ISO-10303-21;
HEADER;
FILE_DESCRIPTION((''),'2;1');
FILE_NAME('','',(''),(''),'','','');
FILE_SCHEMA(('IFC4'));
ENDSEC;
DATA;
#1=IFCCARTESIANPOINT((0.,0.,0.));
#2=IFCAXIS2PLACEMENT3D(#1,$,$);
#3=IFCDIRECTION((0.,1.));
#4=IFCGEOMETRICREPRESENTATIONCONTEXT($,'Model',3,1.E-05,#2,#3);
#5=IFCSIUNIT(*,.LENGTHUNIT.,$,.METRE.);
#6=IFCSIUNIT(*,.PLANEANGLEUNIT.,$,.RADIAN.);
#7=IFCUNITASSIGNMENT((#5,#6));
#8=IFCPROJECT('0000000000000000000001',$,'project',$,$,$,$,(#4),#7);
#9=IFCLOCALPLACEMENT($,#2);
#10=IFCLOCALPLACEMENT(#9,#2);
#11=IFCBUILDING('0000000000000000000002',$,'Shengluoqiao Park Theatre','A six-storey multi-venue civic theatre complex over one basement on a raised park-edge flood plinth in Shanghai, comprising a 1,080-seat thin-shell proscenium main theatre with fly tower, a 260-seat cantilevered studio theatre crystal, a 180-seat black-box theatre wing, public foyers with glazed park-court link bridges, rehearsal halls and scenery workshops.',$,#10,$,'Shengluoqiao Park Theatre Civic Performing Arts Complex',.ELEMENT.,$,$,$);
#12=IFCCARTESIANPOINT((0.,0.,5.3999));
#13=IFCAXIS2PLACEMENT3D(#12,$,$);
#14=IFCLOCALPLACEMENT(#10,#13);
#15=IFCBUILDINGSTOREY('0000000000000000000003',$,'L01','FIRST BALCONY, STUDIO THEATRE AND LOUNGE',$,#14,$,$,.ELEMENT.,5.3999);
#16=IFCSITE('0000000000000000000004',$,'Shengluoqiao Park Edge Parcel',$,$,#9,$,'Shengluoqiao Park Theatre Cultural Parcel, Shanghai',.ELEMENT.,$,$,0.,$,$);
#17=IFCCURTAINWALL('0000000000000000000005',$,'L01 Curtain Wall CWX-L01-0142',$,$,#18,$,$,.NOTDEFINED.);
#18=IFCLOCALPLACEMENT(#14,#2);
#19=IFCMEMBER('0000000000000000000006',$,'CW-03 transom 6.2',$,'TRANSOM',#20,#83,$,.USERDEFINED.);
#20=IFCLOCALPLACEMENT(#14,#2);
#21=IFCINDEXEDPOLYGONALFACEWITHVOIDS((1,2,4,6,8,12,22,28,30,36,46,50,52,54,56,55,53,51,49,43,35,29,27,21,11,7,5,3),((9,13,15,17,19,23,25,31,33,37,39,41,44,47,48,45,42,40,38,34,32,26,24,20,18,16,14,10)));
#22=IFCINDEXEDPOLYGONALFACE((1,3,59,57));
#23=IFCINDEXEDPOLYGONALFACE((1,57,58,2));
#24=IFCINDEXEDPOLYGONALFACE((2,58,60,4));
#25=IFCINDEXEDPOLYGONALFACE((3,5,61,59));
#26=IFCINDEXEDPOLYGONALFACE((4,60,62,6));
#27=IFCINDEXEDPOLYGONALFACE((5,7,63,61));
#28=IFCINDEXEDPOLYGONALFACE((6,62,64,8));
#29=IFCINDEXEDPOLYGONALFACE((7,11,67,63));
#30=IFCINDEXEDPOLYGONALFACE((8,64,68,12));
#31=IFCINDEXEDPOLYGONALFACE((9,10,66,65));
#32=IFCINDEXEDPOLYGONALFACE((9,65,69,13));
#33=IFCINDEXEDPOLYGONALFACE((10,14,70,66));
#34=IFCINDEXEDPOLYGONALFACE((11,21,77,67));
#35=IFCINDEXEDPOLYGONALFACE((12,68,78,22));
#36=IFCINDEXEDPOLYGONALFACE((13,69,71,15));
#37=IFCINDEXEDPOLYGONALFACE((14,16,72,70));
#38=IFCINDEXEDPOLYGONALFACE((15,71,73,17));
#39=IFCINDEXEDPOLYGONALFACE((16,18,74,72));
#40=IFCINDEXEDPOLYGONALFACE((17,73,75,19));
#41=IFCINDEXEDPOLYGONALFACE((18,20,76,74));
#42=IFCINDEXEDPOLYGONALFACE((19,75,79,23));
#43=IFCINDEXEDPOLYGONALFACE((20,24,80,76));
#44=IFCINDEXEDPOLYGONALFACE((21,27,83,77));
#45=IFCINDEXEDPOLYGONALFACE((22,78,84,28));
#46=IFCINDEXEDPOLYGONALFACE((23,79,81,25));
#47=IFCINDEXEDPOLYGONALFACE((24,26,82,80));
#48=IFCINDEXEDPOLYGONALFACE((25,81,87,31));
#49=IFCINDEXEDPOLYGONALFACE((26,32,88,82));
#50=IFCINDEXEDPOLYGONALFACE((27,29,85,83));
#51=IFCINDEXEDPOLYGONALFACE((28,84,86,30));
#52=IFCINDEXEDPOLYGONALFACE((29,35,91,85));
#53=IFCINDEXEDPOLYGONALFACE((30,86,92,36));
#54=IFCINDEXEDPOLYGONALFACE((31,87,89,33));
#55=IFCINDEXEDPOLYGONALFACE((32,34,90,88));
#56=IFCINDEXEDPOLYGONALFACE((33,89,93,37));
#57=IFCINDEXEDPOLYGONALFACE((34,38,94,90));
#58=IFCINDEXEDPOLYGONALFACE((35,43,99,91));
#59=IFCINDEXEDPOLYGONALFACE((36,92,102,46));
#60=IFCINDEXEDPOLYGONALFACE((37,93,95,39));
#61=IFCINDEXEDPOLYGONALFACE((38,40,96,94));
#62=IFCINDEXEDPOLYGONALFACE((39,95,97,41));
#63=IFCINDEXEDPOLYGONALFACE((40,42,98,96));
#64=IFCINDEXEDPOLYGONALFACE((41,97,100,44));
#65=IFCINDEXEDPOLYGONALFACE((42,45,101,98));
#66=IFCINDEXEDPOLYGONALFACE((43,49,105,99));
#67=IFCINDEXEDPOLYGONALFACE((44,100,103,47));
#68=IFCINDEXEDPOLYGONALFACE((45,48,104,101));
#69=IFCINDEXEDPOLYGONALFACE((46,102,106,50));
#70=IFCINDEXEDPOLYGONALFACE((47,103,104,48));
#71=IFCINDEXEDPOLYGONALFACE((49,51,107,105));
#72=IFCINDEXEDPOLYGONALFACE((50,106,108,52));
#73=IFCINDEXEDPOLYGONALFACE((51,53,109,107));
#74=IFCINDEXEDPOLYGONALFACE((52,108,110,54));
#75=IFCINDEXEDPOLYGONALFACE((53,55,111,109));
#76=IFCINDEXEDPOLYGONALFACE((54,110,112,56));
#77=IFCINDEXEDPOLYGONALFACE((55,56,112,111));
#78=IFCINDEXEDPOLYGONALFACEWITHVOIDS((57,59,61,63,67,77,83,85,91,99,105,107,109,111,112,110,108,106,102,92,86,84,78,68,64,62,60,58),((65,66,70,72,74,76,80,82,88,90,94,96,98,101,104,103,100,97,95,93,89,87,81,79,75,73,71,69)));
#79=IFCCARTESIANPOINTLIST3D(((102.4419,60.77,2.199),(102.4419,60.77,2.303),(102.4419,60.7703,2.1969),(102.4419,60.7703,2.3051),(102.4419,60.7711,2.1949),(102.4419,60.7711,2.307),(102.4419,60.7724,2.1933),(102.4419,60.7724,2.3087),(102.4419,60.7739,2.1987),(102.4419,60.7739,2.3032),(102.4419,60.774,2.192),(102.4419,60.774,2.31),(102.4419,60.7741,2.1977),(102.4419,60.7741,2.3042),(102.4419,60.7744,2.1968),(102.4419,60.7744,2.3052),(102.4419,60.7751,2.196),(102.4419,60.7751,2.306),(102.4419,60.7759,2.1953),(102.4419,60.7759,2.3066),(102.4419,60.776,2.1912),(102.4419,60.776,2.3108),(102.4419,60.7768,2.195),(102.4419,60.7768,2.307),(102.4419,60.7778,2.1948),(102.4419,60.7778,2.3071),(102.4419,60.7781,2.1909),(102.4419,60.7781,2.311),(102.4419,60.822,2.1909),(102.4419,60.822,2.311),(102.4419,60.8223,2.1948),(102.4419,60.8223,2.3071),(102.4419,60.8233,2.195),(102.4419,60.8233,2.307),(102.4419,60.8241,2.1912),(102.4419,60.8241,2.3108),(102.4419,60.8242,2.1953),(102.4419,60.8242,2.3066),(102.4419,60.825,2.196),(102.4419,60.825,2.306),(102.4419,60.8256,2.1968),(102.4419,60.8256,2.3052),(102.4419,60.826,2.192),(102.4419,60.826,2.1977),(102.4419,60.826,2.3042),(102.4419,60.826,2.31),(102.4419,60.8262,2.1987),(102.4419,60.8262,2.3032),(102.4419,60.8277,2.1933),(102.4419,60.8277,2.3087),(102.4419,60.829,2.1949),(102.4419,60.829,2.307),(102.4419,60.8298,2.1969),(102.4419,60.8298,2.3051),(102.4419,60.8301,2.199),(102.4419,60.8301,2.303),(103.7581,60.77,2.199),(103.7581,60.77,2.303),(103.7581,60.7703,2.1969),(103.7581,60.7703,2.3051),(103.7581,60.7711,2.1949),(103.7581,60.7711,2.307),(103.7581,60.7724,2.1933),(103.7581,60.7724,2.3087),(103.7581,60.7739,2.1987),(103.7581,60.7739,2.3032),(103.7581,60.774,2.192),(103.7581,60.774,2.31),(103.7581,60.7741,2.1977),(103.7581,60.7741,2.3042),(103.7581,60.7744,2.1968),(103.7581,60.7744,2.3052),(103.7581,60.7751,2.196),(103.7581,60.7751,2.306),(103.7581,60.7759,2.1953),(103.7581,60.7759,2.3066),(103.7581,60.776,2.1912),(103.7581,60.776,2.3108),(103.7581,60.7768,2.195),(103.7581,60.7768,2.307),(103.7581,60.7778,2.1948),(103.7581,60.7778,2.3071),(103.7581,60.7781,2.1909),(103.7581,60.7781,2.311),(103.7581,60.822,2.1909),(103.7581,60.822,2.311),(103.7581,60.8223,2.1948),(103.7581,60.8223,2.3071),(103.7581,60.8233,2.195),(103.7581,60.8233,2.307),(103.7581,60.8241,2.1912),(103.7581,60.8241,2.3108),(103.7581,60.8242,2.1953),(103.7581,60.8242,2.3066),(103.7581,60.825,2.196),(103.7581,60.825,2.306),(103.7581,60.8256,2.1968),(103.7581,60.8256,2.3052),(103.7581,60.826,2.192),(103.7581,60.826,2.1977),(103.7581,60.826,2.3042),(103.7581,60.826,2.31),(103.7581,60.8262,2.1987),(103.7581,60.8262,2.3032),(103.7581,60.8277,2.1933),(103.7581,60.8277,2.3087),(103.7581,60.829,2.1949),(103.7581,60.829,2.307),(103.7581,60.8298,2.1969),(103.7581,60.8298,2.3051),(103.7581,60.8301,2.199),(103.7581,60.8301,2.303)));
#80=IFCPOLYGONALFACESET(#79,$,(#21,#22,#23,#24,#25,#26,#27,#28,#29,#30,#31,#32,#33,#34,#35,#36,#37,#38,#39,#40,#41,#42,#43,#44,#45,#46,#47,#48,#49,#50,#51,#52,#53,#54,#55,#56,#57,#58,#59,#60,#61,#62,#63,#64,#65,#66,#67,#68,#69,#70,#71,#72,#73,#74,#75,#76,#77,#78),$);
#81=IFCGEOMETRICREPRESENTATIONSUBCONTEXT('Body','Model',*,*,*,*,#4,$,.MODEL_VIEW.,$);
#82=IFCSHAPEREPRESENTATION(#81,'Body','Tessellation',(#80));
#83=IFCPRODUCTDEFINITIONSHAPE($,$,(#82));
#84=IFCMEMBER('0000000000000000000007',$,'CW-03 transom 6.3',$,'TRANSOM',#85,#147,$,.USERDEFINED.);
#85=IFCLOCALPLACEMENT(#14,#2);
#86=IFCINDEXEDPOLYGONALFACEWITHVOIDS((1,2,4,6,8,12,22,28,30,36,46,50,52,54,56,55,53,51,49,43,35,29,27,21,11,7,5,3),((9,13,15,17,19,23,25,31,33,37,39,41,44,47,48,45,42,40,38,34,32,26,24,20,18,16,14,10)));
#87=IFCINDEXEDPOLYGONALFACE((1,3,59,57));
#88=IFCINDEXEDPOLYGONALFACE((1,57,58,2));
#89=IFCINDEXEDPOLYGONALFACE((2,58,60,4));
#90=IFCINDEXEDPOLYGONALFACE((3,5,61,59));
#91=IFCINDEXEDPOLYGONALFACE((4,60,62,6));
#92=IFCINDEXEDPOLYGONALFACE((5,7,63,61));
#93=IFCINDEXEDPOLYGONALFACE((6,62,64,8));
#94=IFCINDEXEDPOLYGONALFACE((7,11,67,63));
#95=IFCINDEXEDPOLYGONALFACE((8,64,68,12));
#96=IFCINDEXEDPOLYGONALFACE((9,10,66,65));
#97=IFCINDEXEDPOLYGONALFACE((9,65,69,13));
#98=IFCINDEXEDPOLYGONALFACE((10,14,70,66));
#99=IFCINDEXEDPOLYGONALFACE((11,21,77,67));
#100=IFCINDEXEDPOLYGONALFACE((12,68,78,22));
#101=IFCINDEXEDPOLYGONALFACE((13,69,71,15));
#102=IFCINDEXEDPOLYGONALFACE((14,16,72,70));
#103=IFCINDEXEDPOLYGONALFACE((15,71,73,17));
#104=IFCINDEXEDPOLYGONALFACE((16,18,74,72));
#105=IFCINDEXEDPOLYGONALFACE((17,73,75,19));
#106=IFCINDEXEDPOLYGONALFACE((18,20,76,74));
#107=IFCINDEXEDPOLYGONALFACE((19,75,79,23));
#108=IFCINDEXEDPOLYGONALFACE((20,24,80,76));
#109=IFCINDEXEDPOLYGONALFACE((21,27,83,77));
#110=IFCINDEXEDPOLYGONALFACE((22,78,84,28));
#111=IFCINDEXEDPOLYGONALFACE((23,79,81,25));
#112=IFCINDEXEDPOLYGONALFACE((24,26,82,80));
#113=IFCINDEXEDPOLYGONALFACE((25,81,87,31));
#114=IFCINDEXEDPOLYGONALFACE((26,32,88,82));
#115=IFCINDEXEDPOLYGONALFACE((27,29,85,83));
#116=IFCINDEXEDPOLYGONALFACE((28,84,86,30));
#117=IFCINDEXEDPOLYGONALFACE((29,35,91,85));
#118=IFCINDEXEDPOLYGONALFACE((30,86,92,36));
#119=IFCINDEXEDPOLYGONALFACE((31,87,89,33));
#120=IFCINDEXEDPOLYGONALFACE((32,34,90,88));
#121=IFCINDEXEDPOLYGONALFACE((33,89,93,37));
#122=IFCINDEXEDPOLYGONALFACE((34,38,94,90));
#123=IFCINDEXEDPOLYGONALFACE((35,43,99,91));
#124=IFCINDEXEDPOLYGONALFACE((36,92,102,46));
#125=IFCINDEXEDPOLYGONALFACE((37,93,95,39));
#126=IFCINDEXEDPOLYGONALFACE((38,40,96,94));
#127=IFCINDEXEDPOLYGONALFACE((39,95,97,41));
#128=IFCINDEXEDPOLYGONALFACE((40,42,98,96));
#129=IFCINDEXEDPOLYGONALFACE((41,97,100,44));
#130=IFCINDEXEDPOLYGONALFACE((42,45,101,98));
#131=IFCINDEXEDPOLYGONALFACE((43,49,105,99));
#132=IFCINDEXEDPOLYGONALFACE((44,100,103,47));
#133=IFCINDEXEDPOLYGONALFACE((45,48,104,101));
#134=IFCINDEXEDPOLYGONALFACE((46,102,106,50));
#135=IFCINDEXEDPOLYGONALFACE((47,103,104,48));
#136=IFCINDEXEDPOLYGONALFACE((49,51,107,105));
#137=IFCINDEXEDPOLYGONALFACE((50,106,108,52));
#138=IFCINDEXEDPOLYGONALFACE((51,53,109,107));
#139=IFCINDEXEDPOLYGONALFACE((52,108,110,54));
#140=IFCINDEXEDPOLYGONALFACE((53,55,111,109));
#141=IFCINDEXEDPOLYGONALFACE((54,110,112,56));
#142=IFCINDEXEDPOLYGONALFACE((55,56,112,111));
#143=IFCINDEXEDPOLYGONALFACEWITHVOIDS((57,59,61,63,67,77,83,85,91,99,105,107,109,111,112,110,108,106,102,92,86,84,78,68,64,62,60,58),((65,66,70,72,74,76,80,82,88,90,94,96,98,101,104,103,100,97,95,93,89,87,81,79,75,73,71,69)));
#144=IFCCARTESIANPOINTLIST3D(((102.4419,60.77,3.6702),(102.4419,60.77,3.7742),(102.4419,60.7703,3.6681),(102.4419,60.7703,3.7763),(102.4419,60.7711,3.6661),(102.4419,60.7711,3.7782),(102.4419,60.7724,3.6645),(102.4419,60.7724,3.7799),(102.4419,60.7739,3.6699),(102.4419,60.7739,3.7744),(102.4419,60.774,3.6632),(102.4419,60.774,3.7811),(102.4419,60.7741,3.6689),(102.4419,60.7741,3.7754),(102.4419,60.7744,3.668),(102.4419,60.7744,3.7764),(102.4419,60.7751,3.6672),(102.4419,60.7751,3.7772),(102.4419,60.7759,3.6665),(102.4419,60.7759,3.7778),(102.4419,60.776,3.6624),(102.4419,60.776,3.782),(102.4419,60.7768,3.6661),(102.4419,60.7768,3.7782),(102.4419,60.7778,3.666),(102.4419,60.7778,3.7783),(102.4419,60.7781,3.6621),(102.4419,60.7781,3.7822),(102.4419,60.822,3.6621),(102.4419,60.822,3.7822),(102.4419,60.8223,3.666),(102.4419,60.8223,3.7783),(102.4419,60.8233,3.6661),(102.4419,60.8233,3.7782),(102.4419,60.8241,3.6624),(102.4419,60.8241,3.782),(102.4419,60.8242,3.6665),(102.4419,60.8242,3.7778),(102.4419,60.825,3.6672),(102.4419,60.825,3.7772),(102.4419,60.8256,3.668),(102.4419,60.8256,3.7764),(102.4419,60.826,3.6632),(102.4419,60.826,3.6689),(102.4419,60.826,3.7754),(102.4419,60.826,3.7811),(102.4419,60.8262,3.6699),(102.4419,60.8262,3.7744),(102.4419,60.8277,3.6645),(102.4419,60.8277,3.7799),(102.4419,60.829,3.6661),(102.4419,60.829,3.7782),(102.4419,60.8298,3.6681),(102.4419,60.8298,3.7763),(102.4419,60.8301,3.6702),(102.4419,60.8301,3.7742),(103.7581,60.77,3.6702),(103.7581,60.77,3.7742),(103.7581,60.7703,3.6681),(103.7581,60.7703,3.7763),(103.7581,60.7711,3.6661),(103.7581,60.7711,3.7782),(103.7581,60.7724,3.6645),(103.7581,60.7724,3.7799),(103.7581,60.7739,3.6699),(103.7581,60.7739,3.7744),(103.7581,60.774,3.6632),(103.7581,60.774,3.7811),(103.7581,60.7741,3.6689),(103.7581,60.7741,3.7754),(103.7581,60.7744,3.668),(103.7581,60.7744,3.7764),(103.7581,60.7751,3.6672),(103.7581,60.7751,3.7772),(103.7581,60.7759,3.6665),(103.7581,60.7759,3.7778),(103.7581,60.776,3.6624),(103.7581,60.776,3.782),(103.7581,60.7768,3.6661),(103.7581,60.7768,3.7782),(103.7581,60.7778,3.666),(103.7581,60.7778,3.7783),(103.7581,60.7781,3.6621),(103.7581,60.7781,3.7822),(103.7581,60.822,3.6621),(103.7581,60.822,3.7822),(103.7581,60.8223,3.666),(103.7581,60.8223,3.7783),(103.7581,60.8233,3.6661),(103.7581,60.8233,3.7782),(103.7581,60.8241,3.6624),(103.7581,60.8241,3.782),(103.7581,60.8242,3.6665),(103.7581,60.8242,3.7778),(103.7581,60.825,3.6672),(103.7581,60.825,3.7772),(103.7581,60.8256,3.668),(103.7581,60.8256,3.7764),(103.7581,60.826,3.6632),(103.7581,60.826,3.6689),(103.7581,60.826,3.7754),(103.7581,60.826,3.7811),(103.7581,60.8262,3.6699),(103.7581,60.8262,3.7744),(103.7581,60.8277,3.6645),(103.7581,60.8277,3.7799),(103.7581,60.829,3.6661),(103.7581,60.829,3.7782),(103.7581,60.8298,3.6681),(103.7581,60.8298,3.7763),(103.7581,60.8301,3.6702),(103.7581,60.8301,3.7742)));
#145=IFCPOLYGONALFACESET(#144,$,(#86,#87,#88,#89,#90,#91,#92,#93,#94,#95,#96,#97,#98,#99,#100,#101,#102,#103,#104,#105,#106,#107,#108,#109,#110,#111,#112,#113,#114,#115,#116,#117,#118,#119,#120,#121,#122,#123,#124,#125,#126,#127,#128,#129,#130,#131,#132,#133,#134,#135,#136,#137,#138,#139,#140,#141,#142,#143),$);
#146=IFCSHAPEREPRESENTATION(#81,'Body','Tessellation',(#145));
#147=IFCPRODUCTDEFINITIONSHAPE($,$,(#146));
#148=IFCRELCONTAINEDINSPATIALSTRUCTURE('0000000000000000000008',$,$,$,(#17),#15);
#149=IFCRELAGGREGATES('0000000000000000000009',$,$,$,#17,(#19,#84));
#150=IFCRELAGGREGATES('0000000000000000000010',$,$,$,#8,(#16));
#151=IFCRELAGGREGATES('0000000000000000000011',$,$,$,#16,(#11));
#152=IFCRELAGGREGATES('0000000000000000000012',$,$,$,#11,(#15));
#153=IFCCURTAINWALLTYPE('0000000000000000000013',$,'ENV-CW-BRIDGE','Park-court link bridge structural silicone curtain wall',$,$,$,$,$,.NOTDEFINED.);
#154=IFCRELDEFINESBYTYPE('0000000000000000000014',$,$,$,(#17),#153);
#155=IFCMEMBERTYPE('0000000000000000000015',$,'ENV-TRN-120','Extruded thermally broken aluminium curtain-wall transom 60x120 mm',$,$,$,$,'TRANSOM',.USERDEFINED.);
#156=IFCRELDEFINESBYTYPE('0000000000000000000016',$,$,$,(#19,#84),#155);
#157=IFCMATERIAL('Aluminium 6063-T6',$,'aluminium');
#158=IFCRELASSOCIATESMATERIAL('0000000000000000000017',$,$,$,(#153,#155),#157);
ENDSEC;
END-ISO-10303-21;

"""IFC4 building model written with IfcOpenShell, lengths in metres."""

from ifc_helpers import new_model, si_unit, direction, frame, origin, origin_2d, place, context, subcontext, project, spatial, hollow_rectangle, extrude, material, material_profile, profile_set, type_object, element, aggregate, save


model = new_model("IFC4")

# Units and contexts
model_context = context("Model", 3, precision=1e-05, world=origin(), true_north=direction((0.0, 1.0)))
body_context = subcontext(model_context, "Body", "Model", "MODEL_VIEW")
ifc_project = project(units=[si_unit("LENGTHUNIT", "METRE"), si_unit("PLANEANGLEUNIT", "RADIAN")], contexts=[model_context])

# Site, building, storey
site_placement = place(None, origin())
site = spatial("IfcSite", under=ifc_project, at=site_placement, Name="Shengluoqiao Park Edge Parcel", LongName="Shengluoqiao Park Theatre Cultural Parcel, Shanghai", CompositionType="ELEMENT", RefElevation=0.0)
building_placement = place(site_placement, origin())
building = spatial("IfcBuilding", under=site, at=building_placement, Name="Shengluoqiao Park Theatre", Description="A six-storey multi-venue civic theatre complex over one basement on a raised park-edge flood plinth in Shanghai, comprising a 1,080-seat thin-shell proscenium main theatre with fly tower, a 260-seat cantilevered studio theatre crystal, a 180-seat black-box theatre wing, public foyers with glazed park-court link bridges, rehearsal halls and scenery workshops.", LongName="Shengluoqiao Park Theatre Civic Performing Arts Complex", CompositionType="ELEMENT")
storey_placement = place(building_placement, frame((0.0, 0.0, 5.3999)))
storey = spatial("IfcBuildingStorey", under=building, at=storey_placement, Name="L01", Description="FIRST BALCONY, STUDIO THEATRE AND LOUNGE", CompositionType="ELEMENT", Elevation=5.3999)

# Curtain wall
ifc_material_1 = material(Name="Aluminium 6063-T6", Category="aluminium")
curtain_wall_type = type_object("IfcCurtainWallType", Name="ENV-CW-BRIDGE", Description="Park-court link bridge structural silicone curtain wall", PredefinedType="NOTDEFINED", material=ifc_material_1)
curtain_wall_1_placement = place(storey_placement, origin())
curtain_wall_1 = element("IfcCurtainWall", 1, at=curtain_wall_1_placement, inside=storey, type_object=curtain_wall_type, Name="L01 Curtain Wall CWX-L01-0142", PredefinedType="NOTDEFINED")

# Members
ifc_material_profile_1 = material_profile(ifc_material_1, hollow_rectangle(XDim=0.0601, YDim=0.1201, WallThickness=0.0039, InnerFilletRadius=0.0039, OuterFilletRadius=0.0081, at=origin_2d()), Name="ALU TRANSOM 120x60x4")
ifc_profile_set_1 = profile_set([ifc_material_profile_1], Name="Aluminium 6063-T6")
member_type_1 = type_object("IfcMemberType", Name="ENV-TRN-120", Description="Extruded thermally broken aluminium curtain-wall transom 60x120 mm", ElementType="TRANSOM", PredefinedType="USERDEFINED", material=ifc_profile_set_1)
member_1_placement = place(storey_placement, frame((102.4419, 60.8, 2.251), z_axis=(1.0, 0.0, 0.0), x_axis=(0.0, 1.0, 0.0)))
member_1 = element("IfcMember", 2, at=member_1_placement, type_object=member_type_1, Name="CW-03 transom 6.2", ObjectType="TRANSOM", PredefinedType="USERDEFINED", context=body_context, shape_type="SweptSolid", body=[
    extrude(hollow_rectangle(XDim=0.0601, YDim=0.1201, WallThickness=0.0039, InnerFilletRadius=0.0039, OuterFilletRadius=0.0081, at=origin_2d()), origin(), (0.0, 0.0, 1.0), 1.3162),
])
member_2_placement = place(storey_placement, frame((102.4419, 60.8, 3.7222), z_axis=(1.0, 0.0, 0.0), x_axis=(0.0, 1.0, 0.0)))
member_2 = element("IfcMember", 3, at=member_2_placement, type_object=member_type_1, Name="CW-03 transom 6.3", ObjectType="TRANSOM", PredefinedType="USERDEFINED", context=body_context, shape_type="SweptSolid", body=[
    extrude(hollow_rectangle(XDim=0.0601, YDim=0.1201, WallThickness=0.0039, InnerFilletRadius=0.0039, OuterFilletRadius=0.0081, at=origin_2d()), origin(), (0.0, 0.0, 1.0), 1.3162),
])

aggregate(curtain_wall_1, [member_1, member_2])

save(model, "model.ifc")
